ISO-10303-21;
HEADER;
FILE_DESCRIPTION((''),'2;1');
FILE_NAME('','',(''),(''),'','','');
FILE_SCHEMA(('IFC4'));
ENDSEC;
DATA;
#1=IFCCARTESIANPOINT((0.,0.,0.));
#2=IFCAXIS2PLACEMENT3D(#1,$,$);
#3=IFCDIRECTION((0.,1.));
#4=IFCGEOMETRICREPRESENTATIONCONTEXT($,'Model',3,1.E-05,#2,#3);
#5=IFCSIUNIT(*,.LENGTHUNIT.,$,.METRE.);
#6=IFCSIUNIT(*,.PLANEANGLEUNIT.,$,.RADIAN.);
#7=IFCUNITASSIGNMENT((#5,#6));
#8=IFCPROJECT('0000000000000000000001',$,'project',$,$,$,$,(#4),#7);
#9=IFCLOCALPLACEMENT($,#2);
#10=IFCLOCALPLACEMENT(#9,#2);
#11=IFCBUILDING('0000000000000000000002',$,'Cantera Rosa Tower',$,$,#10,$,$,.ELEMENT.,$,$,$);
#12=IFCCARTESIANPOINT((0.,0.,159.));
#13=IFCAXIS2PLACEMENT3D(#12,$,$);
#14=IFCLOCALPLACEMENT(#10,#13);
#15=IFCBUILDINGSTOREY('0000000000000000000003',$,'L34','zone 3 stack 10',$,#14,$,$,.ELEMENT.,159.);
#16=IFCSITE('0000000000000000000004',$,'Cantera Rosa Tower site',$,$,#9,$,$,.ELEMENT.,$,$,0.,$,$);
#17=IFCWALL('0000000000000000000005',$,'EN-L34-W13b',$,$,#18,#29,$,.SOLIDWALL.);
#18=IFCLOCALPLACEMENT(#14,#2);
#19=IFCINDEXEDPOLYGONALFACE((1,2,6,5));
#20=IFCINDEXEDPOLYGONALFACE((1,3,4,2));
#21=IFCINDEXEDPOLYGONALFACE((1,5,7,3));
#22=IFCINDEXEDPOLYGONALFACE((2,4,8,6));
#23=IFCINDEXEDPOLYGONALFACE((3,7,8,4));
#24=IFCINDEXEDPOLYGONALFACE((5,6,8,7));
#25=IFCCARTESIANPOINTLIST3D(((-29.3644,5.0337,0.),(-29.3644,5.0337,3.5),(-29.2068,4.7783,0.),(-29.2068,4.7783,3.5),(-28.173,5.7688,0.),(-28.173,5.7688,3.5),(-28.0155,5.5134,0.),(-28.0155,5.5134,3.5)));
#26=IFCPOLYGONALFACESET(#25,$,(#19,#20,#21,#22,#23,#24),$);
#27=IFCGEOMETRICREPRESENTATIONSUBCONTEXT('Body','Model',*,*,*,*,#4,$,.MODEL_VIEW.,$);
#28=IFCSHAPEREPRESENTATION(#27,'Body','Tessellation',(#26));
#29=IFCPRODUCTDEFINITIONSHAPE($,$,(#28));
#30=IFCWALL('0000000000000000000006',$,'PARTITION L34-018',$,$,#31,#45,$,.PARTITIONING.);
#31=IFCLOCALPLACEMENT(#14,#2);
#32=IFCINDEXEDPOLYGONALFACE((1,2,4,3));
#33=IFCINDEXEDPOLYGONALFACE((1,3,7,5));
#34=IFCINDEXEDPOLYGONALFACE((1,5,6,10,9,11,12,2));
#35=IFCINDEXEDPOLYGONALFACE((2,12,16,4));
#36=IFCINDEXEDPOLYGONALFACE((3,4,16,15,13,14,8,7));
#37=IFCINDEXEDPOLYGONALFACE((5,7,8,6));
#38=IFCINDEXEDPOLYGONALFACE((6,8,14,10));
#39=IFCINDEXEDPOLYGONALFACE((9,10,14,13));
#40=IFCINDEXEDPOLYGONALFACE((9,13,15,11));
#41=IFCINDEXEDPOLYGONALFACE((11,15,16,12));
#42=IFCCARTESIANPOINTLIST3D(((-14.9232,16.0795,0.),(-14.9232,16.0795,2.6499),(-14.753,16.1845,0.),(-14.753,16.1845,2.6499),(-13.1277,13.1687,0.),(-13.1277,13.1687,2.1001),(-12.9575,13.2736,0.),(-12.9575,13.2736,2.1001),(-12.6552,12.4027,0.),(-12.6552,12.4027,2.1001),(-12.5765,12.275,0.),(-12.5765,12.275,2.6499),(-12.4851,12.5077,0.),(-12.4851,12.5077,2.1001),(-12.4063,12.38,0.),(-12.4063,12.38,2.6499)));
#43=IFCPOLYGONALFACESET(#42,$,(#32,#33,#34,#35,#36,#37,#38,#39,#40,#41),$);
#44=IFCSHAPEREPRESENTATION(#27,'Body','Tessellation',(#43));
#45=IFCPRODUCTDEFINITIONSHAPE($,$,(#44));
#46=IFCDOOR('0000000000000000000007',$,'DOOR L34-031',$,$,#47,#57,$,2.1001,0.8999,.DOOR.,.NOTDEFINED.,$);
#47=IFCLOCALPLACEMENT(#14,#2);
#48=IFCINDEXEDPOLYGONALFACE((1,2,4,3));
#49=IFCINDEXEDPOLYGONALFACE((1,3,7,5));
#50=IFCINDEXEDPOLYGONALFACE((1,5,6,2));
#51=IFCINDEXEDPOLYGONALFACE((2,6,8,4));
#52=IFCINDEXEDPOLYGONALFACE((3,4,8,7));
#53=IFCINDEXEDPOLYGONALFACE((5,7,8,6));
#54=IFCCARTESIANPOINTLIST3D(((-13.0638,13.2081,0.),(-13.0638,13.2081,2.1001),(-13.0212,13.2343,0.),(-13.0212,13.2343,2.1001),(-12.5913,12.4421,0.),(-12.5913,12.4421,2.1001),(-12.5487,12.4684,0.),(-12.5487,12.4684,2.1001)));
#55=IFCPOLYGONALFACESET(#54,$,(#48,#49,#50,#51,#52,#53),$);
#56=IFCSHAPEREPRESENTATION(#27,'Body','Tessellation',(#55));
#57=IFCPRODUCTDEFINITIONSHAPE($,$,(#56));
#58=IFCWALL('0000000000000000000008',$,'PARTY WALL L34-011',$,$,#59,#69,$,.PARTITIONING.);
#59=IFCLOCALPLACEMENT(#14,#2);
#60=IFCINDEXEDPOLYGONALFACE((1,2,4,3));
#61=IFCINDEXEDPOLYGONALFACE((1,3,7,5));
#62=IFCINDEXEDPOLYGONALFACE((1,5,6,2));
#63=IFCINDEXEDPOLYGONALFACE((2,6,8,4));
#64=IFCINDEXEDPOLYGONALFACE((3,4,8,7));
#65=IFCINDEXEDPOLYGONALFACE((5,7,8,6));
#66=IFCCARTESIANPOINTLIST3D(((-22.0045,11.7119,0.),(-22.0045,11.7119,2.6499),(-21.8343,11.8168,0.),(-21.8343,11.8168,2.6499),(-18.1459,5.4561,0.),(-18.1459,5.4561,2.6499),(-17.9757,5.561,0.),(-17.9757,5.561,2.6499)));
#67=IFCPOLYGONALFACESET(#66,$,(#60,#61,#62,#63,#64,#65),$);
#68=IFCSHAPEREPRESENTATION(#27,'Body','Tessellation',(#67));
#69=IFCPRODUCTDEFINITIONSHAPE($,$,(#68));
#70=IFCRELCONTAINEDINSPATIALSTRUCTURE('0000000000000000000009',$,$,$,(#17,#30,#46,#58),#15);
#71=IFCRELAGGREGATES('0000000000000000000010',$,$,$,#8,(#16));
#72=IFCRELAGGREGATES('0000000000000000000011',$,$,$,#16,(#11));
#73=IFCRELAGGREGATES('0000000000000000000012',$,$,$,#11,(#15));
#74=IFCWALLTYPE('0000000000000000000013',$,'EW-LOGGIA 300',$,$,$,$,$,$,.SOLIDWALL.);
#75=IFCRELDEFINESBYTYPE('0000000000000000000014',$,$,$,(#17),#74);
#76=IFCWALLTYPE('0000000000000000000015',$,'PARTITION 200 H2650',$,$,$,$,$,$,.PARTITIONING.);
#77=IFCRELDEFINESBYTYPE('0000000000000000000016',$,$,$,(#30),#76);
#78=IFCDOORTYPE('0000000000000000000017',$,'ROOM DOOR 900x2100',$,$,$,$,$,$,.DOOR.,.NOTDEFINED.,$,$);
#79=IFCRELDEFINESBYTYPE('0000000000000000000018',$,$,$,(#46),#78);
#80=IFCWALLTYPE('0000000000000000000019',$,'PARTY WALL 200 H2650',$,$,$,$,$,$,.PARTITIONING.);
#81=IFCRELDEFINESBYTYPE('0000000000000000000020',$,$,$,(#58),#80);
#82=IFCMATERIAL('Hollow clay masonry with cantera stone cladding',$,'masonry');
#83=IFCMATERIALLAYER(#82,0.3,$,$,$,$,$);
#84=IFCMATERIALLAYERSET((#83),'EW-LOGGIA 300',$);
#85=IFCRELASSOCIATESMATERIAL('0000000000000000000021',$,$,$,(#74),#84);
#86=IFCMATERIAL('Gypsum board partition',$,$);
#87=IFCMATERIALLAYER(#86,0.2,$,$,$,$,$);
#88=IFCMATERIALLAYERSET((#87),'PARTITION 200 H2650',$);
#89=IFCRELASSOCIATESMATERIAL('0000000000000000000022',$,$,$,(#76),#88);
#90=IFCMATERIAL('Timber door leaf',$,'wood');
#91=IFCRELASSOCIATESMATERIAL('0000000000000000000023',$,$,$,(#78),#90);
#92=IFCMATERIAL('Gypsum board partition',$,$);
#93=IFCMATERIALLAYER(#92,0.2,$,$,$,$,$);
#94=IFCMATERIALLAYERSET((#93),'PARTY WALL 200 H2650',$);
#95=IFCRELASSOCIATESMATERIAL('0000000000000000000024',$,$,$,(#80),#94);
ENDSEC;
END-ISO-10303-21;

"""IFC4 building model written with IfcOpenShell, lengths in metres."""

from ifc_helpers import new_model, si_unit, direction, frame, frame_2d, origin, place, context, subcontext, project, spatial, rectangle, extrude, material, layer, layer_set, type_object, element, fill, save


model = new_model("IFC4")

# Units and contexts
model_context = context("Model", 3, precision=1e-05, world=origin(), true_north=direction((0.0, 1.0)))
body_context = subcontext(model_context, "Body", "Model", "MODEL_VIEW")
ifc_project = project(units=[si_unit("LENGTHUNIT", "METRE"), si_unit("PLANEANGLEUNIT", "RADIAN")], contexts=[model_context])

# Site, building, storey
site_placement = place(None, origin())
site = spatial("IfcSite", under=ifc_project, at=site_placement, Name="Cantera Rosa Tower site", CompositionType="ELEMENT", RefElevation=0.0)
building_placement = place(site_placement, origin())
building = spatial("IfcBuilding", under=site, at=building_placement, Name="Cantera Rosa Tower", CompositionType="ELEMENT")
storey_placement = place(building_placement, frame((0.0, 0.0, 159.0)))
storey = spatial("IfcBuildingStorey", under=building, at=storey_placement, Name="L34", Description="zone 3 stack 10", CompositionType="ELEMENT", Elevation=159.0)

# Wall
ifc_material_1 = material(Name="Hollow clay masonry with cantera stone cladding", Category="masonry")
ifc_layer_1 = layer(ifc_material_1, 0.3)
ifc_layer_set_1 = layer_set([ifc_layer_1], Name="EW-LOGGIA 300")
wall_type_1 = type_object("IfcWallType", Name="EW-LOGGIA 300", PredefinedType="SOLIDWALL", material=ifc_layer_set_1)
wall_1_placement = place(storey_placement, frame((-28.0942, 5.6411, 0.0), z_axis=(0.0, 0.0, 1.0), x_axis=(-0.851041, -0.525099, 0.0)))
element("IfcWall", 1, at=wall_1_placement, inside=storey, type_object=wall_type_1, Name="EN-L34-W13b", PredefinedType="SOLIDWALL", context=body_context, shape_type="SweptSolid", body=[
    extrude(rectangle(XDim=1.3999, YDim=0.3, at=frame_2d((0.7, 0.0))), origin(), (0.0, 0.0, 1.0), 3.5),
])

# Wall, opening, door
ifc_material_2 = material(Name="Gypsum board partition")
ifc_layer_2 = layer(ifc_material_2, 0.2)
ifc_layer_set_2 = layer_set([ifc_layer_2], Name="PARTITION 200 H2650")
wall_type_2 = type_object("IfcWallType", Name="PARTITION 200 H2650", PredefinedType="PARTITIONING", material=ifc_layer_set_2)
wall_2_placement = place(storey_placement, frame((-12.4915, 12.3276, 0.0), z_axis=(0.0, 0.0, 1.0), x_axis=(-0.524987, 0.85111, 0.0)))
wall_2 = element("IfcWall", 2, at=wall_2_placement, inside=storey, type_object=wall_type_2, Name="PARTITION L34-018", PredefinedType="PARTITIONING", context=body_context, shape_type="SweptSolid", body=[
    extrude(rectangle(XDim=4.47, YDim=0.2, at=frame_2d((2.2349, 0.0))), origin(), (0.0, 0.0, 1.0), 2.6499),
])
opening_1_placement = place(wall_2_placement, frame((0.1499, 0.0, 0.0)))
opening_1 = element("IfcOpeningElement", 3, at=opening_1_placement, cuts=wall_2, PredefinedType="OPENING", context=body_context, shape_type="SweptSolid", body=[
    extrude(rectangle(XDim=0.8999, YDim=2.1001, at=frame_2d((0.45, 1.05))), frame((0.0, 0.1099, 0.0), z_axis=(0.0, -1.0, 0.0), x_axis=(1.0, 0.0, 0.0)), (0.0, 0.0, 1.0), 0.22),
])
ifc_material_3 = material(Name="Timber door leaf", Category="wood")
door_type_1 = type_object("IfcDoorType", Name="ROOM DOOR 900x2100", OperationType="NOTDEFINED", PredefinedType="DOOR", material=ifc_material_3)
door_1_placement = place(opening_1_placement, origin())
door_1 = element("IfcDoor", 4, at=door_1_placement, inside=storey, type_object=door_type_1, Name="DOOR L34-031", OperationType="NOTDEFINED", OverallHeight=2.1001, OverallWidth=0.8999, PredefinedType="DOOR", context=body_context, shape_type="SweptSolid", body=[
    extrude(rectangle(XDim=0.8999, YDim=2.1001, at=frame_2d((0.45, 1.05))), frame((0.0, 0.0249, 0.0), z_axis=(0.0, -1.0, 0.0), x_axis=(1.0, 0.0, 0.0)), (0.0, 0.0, 1.0), 0.05),
])
fill(opening_1, door_1)

# Wall
ifc_material_4 = material(Name="Gypsum board partition")
ifc_layer_3 = layer(ifc_material_4, 0.2)
ifc_layer_set_3 = layer_set([ifc_layer_3], Name="PARTY WALL 200 H2650")
wall_type_3 = type_object("IfcWallType", Name="PARTY WALL 200 H2650", PredefinedType="PARTITIONING", material=ifc_layer_set_3)
wall_3_placement = place(storey_placement, frame((-18.0608, 5.5085, 0.0), z_axis=(0.0, 0.0, 1.0), x_axis=(-0.524974, 0.851118, 0.0)))
element("IfcWall", 5, at=wall_3_placement, inside=storey, type_object=wall_type_3, Name="PARTY WALL L34-011", PredefinedType="PARTITIONING", context=body_context, shape_type="SweptSolid", body=[
    extrude(rectangle(XDim=7.3501, YDim=0.2, at=frame_2d((3.675, 0.0))), origin(), (0.0, 0.0, 1.0), 2.6499),
])

save(model, "model.ifc")
